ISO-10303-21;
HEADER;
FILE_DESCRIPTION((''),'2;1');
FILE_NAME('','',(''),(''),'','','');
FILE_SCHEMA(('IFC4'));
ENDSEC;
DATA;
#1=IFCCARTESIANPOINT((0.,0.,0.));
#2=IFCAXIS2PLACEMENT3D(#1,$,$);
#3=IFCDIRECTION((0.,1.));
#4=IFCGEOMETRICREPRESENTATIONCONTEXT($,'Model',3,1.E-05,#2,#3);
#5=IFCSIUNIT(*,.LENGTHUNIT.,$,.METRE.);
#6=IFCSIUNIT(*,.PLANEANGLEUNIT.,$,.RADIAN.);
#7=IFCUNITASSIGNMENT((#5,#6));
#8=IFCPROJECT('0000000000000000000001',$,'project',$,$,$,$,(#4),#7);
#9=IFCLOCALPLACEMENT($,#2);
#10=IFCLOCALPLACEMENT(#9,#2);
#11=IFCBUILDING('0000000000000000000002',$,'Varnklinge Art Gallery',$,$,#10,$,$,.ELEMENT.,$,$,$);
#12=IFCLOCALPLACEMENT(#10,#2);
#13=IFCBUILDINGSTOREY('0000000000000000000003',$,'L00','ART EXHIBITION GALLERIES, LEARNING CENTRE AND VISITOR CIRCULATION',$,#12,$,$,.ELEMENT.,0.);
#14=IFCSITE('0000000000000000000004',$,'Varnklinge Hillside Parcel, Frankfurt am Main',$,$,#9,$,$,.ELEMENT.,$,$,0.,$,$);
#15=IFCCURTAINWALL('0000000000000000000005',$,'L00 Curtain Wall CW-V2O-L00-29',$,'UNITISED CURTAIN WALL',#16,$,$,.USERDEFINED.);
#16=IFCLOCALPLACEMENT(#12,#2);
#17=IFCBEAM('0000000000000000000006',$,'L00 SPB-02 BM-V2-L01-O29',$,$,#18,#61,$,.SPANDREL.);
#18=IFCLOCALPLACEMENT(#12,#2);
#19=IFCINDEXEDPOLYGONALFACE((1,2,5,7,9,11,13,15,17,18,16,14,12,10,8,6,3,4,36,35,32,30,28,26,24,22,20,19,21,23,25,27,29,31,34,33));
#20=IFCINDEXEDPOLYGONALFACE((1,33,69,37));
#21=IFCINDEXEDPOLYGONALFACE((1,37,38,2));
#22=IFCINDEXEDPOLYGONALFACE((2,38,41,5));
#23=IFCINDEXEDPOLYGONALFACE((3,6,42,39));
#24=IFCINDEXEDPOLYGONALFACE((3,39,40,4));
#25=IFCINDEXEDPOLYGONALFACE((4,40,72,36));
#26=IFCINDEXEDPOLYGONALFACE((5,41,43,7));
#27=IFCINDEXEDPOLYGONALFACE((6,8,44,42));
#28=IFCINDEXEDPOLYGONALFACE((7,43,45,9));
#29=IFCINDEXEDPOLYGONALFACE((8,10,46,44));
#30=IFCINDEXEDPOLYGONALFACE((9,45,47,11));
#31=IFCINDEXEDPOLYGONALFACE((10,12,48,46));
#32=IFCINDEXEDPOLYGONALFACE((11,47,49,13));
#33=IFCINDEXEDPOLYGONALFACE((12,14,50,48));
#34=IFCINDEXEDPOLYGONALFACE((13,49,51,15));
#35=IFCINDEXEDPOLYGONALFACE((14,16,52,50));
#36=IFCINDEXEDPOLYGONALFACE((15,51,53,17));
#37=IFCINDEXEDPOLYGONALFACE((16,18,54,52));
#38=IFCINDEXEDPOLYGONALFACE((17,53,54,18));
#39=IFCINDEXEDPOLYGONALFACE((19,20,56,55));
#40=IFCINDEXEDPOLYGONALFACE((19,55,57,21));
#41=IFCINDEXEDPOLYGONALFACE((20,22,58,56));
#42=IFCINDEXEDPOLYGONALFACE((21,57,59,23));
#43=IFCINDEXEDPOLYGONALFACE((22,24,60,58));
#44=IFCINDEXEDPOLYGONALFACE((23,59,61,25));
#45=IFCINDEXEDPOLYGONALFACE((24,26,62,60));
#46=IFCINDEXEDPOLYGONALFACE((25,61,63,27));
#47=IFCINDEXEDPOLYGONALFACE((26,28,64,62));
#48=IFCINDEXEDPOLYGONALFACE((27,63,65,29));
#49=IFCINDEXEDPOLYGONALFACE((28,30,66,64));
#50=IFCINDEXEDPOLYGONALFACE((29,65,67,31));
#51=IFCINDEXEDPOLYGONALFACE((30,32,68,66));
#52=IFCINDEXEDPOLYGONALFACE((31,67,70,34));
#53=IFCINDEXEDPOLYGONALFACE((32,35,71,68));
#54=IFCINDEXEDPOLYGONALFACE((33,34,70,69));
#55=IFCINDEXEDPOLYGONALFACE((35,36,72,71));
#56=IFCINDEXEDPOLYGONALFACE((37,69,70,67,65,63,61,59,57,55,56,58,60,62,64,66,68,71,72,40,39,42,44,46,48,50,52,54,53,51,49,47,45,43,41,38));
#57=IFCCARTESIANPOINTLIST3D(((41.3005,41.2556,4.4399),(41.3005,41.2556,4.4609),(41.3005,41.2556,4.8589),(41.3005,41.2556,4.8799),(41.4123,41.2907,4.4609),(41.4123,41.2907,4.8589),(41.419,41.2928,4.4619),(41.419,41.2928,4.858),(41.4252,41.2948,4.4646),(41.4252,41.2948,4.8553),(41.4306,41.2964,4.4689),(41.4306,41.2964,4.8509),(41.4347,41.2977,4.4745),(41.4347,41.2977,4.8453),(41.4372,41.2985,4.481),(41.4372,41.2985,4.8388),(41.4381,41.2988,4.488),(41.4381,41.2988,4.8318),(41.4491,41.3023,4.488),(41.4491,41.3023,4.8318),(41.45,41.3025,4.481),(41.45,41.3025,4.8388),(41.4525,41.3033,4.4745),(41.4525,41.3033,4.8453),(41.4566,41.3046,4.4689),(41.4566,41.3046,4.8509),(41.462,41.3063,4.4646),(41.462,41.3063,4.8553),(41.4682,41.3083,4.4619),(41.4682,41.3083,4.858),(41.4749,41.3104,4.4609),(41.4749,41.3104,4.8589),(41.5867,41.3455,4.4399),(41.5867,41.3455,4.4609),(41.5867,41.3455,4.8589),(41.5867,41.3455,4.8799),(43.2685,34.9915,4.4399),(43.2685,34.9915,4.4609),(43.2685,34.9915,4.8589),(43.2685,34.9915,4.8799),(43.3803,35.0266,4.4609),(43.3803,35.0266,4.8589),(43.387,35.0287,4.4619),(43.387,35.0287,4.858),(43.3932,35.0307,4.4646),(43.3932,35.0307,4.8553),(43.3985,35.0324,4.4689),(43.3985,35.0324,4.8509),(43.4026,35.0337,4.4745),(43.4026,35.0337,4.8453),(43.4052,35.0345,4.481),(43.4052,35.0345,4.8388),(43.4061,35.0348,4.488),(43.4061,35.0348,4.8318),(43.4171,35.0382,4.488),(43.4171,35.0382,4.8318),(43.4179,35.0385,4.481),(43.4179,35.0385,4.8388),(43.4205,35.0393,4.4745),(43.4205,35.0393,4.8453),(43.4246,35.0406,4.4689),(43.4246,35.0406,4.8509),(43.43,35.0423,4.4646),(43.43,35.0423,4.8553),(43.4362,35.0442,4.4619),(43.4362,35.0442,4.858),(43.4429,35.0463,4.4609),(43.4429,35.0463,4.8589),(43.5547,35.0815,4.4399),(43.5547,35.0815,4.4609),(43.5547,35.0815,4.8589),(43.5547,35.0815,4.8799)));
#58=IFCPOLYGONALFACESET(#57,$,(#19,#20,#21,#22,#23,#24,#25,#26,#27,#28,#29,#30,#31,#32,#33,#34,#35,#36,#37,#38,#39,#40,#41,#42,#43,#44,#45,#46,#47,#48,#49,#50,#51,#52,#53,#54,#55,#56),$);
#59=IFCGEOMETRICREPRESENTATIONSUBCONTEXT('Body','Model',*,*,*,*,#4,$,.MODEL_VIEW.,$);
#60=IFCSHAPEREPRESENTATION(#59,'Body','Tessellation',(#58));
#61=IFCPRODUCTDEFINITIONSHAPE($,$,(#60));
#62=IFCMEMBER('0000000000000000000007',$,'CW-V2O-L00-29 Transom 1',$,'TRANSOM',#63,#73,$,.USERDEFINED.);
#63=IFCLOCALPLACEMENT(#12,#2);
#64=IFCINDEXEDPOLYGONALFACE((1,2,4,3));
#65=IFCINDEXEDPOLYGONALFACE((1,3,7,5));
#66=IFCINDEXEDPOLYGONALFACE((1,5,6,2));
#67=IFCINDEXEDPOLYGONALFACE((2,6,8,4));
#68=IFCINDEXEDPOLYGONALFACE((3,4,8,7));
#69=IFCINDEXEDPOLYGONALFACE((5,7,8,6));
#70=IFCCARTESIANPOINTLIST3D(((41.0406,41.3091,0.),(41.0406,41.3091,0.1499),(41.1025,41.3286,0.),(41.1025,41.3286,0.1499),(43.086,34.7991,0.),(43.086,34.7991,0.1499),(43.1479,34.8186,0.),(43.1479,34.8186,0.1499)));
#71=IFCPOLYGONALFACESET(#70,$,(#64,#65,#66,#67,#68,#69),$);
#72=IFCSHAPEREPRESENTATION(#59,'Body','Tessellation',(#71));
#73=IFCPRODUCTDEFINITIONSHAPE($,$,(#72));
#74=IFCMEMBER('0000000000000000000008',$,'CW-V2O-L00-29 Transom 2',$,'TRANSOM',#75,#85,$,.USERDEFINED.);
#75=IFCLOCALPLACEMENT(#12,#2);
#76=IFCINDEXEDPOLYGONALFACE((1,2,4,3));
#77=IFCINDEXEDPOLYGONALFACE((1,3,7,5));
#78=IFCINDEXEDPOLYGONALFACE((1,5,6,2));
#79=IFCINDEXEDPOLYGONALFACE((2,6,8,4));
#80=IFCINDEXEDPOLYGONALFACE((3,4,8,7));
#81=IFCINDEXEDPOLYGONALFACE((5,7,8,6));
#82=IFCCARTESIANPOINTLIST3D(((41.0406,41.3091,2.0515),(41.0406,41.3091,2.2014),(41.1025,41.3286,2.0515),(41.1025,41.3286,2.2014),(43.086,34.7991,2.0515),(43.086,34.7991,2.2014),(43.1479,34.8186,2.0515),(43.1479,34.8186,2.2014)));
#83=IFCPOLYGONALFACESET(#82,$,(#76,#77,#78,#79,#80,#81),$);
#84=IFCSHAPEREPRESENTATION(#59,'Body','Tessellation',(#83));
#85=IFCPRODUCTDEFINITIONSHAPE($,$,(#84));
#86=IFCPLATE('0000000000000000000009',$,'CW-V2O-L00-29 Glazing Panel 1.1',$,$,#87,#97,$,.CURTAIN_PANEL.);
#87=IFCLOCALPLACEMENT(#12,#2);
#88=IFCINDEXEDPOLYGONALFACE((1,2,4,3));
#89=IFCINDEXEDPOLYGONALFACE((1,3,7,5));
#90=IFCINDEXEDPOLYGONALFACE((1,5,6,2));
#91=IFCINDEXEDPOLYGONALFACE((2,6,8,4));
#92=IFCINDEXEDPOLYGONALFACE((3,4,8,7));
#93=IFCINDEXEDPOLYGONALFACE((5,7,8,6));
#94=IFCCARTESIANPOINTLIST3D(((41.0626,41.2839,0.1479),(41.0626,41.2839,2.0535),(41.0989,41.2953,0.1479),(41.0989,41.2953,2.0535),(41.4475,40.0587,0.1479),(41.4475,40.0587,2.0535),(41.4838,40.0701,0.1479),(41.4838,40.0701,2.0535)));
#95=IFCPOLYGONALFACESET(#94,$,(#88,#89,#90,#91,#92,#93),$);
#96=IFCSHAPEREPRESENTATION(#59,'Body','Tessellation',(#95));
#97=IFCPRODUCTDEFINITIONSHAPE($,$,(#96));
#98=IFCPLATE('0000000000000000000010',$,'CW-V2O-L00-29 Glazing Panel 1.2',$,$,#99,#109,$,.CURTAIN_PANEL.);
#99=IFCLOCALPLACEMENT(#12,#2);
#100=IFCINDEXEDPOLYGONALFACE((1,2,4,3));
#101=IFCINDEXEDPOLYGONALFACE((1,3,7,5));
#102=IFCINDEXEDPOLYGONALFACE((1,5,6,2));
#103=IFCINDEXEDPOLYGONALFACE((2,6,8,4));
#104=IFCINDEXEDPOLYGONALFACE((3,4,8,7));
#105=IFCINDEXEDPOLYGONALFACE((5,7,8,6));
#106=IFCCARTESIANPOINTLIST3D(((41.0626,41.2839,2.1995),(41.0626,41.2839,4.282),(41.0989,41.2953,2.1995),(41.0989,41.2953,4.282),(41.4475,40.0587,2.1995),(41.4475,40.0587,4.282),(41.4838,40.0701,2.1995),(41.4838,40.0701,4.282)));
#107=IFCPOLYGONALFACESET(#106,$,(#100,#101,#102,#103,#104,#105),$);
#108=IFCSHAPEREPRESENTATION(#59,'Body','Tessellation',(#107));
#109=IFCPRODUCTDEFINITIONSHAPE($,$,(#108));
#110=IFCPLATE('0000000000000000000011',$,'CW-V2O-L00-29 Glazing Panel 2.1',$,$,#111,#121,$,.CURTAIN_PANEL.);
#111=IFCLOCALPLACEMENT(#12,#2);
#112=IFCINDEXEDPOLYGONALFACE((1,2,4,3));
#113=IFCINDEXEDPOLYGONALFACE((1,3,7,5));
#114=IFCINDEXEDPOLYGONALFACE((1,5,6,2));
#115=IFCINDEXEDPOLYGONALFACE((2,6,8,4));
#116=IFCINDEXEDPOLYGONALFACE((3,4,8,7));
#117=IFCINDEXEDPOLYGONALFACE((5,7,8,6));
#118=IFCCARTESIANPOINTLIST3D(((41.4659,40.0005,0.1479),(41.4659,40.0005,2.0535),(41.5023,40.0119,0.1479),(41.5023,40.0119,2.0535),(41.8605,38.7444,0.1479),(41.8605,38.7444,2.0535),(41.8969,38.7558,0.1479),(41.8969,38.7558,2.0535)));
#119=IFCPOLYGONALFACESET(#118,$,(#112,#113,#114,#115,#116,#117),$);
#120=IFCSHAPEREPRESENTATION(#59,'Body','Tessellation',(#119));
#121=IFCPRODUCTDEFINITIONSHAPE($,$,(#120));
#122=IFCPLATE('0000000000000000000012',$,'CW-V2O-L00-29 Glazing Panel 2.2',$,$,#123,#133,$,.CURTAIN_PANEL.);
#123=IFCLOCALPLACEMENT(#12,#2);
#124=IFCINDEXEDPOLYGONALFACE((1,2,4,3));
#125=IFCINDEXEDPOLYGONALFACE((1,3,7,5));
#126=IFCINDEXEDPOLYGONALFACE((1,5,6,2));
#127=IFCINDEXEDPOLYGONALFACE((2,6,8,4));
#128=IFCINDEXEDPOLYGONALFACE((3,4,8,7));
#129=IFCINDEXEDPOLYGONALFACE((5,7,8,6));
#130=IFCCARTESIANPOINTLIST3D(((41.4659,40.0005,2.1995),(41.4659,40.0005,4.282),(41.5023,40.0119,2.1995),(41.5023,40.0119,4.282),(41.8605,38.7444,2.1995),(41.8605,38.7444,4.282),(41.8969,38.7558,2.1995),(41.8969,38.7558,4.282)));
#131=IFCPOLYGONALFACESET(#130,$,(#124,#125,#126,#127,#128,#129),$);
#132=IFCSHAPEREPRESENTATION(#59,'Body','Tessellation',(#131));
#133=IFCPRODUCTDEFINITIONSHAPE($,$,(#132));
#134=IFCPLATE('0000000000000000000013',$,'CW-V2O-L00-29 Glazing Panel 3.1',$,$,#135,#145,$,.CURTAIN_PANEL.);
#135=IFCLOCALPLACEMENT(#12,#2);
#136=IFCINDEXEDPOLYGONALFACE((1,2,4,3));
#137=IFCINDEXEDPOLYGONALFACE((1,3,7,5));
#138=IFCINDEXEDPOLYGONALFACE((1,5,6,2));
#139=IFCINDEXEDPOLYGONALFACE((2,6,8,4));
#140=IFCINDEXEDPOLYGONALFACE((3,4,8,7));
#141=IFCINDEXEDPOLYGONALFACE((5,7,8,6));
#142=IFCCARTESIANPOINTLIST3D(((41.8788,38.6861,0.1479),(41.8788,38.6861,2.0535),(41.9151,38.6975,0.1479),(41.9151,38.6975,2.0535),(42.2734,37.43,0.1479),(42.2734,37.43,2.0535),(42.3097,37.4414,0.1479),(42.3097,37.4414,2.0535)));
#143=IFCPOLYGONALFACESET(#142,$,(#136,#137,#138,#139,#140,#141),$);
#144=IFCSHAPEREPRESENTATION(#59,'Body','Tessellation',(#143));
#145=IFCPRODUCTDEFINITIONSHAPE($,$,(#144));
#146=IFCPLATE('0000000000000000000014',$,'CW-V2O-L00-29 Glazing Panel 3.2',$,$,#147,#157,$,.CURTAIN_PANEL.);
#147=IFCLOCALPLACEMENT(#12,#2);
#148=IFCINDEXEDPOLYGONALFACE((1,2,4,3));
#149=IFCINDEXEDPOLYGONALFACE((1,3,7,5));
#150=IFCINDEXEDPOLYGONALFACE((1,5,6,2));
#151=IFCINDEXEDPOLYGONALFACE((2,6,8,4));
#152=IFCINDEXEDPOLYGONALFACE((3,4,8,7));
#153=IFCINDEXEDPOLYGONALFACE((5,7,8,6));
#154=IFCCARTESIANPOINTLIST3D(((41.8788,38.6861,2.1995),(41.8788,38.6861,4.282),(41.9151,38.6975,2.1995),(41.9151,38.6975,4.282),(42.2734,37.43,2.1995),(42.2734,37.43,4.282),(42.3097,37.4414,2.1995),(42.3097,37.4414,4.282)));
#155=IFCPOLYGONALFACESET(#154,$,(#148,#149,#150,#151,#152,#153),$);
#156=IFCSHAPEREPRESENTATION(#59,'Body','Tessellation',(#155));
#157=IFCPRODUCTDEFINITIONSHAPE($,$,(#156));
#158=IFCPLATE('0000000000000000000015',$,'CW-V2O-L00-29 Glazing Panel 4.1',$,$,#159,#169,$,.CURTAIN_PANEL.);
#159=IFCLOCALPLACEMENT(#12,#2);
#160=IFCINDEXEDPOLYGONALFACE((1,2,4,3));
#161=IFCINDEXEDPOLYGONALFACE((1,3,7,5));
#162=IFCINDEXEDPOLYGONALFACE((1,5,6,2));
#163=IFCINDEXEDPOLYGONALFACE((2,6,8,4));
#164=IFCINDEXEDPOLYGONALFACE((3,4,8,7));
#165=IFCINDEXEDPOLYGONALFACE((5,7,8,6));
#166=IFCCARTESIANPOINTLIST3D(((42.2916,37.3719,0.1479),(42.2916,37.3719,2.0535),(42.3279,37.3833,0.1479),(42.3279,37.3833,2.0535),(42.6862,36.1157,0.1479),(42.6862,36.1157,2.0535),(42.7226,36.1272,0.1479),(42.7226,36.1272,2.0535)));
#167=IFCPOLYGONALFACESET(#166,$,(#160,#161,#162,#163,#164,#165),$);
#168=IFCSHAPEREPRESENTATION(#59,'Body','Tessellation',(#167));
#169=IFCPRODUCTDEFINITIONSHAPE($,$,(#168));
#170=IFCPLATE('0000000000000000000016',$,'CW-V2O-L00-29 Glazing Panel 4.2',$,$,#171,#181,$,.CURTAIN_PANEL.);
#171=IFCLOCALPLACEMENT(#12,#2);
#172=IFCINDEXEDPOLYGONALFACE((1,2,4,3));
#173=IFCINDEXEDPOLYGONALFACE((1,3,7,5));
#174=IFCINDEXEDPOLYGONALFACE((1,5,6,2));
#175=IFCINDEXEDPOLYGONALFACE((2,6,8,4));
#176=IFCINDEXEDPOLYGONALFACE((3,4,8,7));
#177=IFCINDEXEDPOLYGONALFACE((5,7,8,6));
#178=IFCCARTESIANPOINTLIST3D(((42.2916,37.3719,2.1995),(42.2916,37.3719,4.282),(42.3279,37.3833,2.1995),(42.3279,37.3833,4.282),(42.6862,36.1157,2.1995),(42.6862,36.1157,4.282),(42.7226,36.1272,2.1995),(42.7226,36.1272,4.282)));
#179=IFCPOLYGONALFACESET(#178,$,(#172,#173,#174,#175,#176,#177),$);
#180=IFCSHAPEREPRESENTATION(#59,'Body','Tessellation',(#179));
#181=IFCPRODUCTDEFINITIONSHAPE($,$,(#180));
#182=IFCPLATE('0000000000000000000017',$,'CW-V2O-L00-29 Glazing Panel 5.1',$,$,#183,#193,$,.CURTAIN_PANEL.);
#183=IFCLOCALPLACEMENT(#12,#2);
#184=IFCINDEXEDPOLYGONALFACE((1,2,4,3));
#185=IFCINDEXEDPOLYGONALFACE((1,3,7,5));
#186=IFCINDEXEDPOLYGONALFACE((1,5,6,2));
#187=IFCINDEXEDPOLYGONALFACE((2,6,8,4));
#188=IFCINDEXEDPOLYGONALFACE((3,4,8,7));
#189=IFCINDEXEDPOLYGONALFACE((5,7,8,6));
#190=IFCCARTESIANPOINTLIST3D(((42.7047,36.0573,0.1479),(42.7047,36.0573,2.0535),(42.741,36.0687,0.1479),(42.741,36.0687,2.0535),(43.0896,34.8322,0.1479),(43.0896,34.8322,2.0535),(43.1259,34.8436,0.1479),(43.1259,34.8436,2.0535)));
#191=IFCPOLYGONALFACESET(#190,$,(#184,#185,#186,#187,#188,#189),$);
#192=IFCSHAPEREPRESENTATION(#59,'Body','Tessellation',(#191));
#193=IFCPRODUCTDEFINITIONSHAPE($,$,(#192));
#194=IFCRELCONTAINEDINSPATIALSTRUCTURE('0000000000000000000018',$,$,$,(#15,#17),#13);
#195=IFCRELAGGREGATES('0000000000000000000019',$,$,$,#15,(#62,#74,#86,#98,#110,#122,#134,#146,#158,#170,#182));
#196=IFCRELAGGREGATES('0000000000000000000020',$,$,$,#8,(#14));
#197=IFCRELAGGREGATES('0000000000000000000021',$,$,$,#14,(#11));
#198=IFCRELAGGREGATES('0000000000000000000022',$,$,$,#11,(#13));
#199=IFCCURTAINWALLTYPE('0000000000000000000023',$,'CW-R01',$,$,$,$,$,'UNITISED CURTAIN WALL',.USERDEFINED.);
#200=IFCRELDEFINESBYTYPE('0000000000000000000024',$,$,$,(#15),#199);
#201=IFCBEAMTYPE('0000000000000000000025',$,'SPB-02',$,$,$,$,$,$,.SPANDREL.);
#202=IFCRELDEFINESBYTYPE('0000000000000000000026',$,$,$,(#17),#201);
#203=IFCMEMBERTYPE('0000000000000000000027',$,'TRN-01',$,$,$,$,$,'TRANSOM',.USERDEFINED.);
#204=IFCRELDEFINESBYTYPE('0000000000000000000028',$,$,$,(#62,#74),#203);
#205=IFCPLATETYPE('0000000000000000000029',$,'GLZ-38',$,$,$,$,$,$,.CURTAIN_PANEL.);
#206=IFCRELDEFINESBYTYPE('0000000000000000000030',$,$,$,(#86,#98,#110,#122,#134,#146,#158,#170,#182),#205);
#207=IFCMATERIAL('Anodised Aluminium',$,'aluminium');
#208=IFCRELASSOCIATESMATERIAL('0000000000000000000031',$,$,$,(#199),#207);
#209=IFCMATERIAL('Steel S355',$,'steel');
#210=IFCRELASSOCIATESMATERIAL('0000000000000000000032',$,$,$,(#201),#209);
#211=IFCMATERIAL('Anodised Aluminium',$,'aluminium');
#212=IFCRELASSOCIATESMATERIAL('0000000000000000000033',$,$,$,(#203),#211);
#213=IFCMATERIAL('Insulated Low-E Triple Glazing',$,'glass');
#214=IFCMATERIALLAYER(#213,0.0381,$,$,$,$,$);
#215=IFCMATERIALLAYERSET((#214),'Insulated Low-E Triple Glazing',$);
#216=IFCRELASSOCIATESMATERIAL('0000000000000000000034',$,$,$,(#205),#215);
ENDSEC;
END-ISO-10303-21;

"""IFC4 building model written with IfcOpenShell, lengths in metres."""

from ifc_helpers import new_model, si_unit, direction, frame, origin, origin_2d, place, context, subcontext, project, spatial, rectangle, i_section, extrude, material, layer, layer_set, material_profile, profile_set, type_object, element, aggregate, save


model = new_model("IFC4")

# Units and contexts
model_context = context("Model", 3, precision=1e-05, world=origin(), true_north=direction((0.0, 1.0)))
body_context = subcontext(model_context, "Body", "Model", "MODEL_VIEW")
ifc_project = project(units=[si_unit("LENGTHUNIT", "METRE"), si_unit("PLANEANGLEUNIT", "RADIAN")], contexts=[model_context])

# Site, building, storey
site_placement = place(None, origin())
site = spatial("IfcSite", under=ifc_project, at=site_placement, Name="Varnklinge Hillside Parcel, Frankfurt am Main", CompositionType="ELEMENT", RefElevation=0.0)
building_placement = place(site_placement, origin())
building = spatial("IfcBuilding", under=site, at=building_placement, Name="Varnklinge Art Gallery", CompositionType="ELEMENT")
storey_placement = place(building_placement, origin())
storey = spatial("IfcBuildingStorey", under=building, at=storey_placement, Name="L00", Description="ART EXHIBITION GALLERIES, LEARNING CENTRE AND VISITOR CIRCULATION", CompositionType="ELEMENT", Elevation=0.0)

# Curtain wall
ifc_material_1 = material(Name="Anodised Aluminium", Category="aluminium")
curtain_wall_type = type_object("IfcCurtainWallType", Name="CW-R01", ElementType="UNITISED CURTAIN WALL", PredefinedType="USERDEFINED", material=ifc_material_1)
curtain_wall_placement = place(storey_placement, origin())
curtain_wall = element("IfcCurtainWall", 1, at=curtain_wall_placement, inside=storey, type_object=curtain_wall_type, Name="L00 Curtain Wall CW-V2O-L00-29", ObjectType="UNITISED CURTAIN WALL", PredefinedType="USERDEFINED")

# Beam
ifc_material_2 = material(Name="Steel S355", Category="steel")
ifc_material_profile_1 = material_profile(ifc_material_2, i_section(OverallWidth=0.3, OverallDepth=0.4399, WebThickness=0.0115, FlangeThickness=0.021, FilletRadius=0.0271, at=origin_2d()), Name="HEA 450")
ifc_profile_set_1 = profile_set([ifc_material_profile_1], Name="Steel S355")
beam_type_1 = type_object("IfcBeamType", Name="SPB-02", PredefinedType="SPANDREL", material=ifc_profile_set_1)
beam_1_placement = place(storey_placement, frame((41.4436, 41.3005, 4.6599), z_axis=(0.299727, -0.954025, 0.0), x_axis=(0.954025, 0.299727, 0.0)))
element("IfcBeam", 2, at=beam_1_placement, inside=storey, type_object=beam_type_1, Name="L00 SPB-02 BM-V2-L01-O29", PredefinedType="SPANDREL", context=body_context, shape_type="SweptSolid", body=[
    extrude(i_section(OverallWidth=0.3, OverallDepth=0.4399, WebThickness=0.0115, FlangeThickness=0.021, FilletRadius=0.0271, at=origin_2d()), origin(), (0.0, 0.0, 1.0), 6.5659),
])

# Members
ifc_material_3 = material(Name="Anodised Aluminium", Category="aluminium")
ifc_material_profile_2 = material_profile(ifc_material_3, rectangle(XDim=0.0649, YDim=0.1499, at=origin_2d()), Name="ALU 65x150")
ifc_profile_set_2 = profile_set([ifc_material_profile_2], Name="Anodised Aluminium")
member_type_1 = type_object("IfcMemberType", Name="TRN-01", ElementType="TRANSOM", PredefinedType="USERDEFINED", material=ifc_profile_set_2)
member_1_placement = place(storey_placement, frame((41.0715, 41.3188, 0.075), z_axis=(0.299748, -0.954019, 0.0), x_axis=(0.954019, 0.299748, 0.0)))
member_1 = element("IfcMember", 3, at=member_1_placement, type_object=member_type_1, Name="CW-V2O-L00-29 Transom 1", ObjectType="TRANSOM", PredefinedType="USERDEFINED", context=body_context, shape_type="SweptSolid", body=[
    extrude(rectangle(XDim=0.0649, YDim=0.1499, at=origin_2d()), origin(), (0.0, 0.0, 1.0), 6.8237),
])
member_2_placement = place(storey_placement, frame((41.0715, 41.3188, 2.1265), z_axis=(0.299748, -0.954019, 0.0), x_axis=(0.954019, 0.299748, 0.0)))
member_2 = element("IfcMember", 4, at=member_2_placement, type_object=member_type_1, Name="CW-V2O-L00-29 Transom 2", ObjectType="TRANSOM", PredefinedType="USERDEFINED", context=body_context, shape_type="SweptSolid", body=[
    extrude(rectangle(XDim=0.0649, YDim=0.1499, at=origin_2d()), origin(), (0.0, 0.0, 1.0), 6.8237),
])

# Plates
ifc_material_4 = material(Name="Insulated Low-E Triple Glazing", Category="glass")
ifc_layer_1 = layer(ifc_material_4, 0.0381)
ifc_layer_set_1 = layer_set([ifc_layer_1], Name="Insulated Low-E Triple Glazing")
plate_type = type_object("IfcPlateType", Name="GLZ-38", PredefinedType="CURTAIN_PANEL", material=ifc_layer_set_1)
plate_1_placement = place(storey_placement, frame((41.2732, 40.677, 0.1479), z_axis=(0.0, 0.0, 1.0), x_axis=(0.299707, -0.954031, 0.0)))
plate_1 = element("IfcPlate", 5, at=plate_1_placement, type_object=plate_type, Name="CW-V2O-L00-29 Glazing Panel 1.1", PredefinedType="CURTAIN_PANEL", context=body_context, shape_type="SweptSolid", body=[
    extrude(rectangle(XDim=1.2842, YDim=0.0381, at=origin_2d()), origin(), (0.0, 0.0, 1.0), 1.9055),
])
plate_2_placement = place(storey_placement, frame((41.2732, 40.677, 2.1995), z_axis=(0.0, 0.0, 1.0), x_axis=(0.299707, -0.954031, 0.0)))
plate_2 = element("IfcPlate", 6, at=plate_2_placement, type_object=plate_type, Name="CW-V2O-L00-29 Glazing Panel 1.2", PredefinedType="CURTAIN_PANEL", context=body_context, shape_type="SweptSolid", body=[
    extrude(rectangle(XDim=1.2842, YDim=0.0381, at=origin_2d()), origin(), (0.0, 0.0, 1.0), 2.0825),
])
plate_3_placement = place(storey_placement, frame((41.6814, 39.3782, 0.1479), z_axis=(0.0, 0.0, 1.0), x_axis=(0.299707, -0.954031, 0.0)))
plate_3 = element("IfcPlate", 7, at=plate_3_placement, type_object=plate_type, Name="CW-V2O-L00-29 Glazing Panel 2.1", PredefinedType="CURTAIN_PANEL", context=body_context, shape_type="SweptSolid", body=[
    extrude(rectangle(XDim=1.3167, YDim=0.0381, at=origin_2d()), origin(), (0.0, 0.0, 1.0), 1.9055),
])
plate_4_placement = place(storey_placement, frame((41.6814, 39.3782, 2.1995), z_axis=(0.0, 0.0, 1.0), x_axis=(0.299707, -0.954031, 0.0)))
plate_4 = element("IfcPlate", 8, at=plate_4_placement, type_object=plate_type, Name="CW-V2O-L00-29 Glazing Panel 2.2", PredefinedType="CURTAIN_PANEL", context=body_context, shape_type="SweptSolid", body=[
    extrude(rectangle(XDim=1.3167, YDim=0.0381, at=origin_2d()), origin(), (0.0, 0.0, 1.0), 2.0825),
])
plate_5_placement = place(storey_placement, frame((42.0942, 38.0637, 0.1479), z_axis=(0.0, 0.0, 1.0), x_axis=(0.299707, -0.954031, 0.0)))
plate_5 = element("IfcPlate", 9, at=plate_5_placement, type_object=plate_type, Name="CW-V2O-L00-29 Glazing Panel 3.1", PredefinedType="CURTAIN_PANEL", context=body_context, shape_type="SweptSolid", body=[
    extrude(rectangle(XDim=1.3167, YDim=0.0381, at=origin_2d()), origin(), (0.0, 0.0, 1.0), 1.9055),
])
plate_6_placement = place(storey_placement, frame((42.0942, 38.0637, 2.1995), z_axis=(0.0, 0.0, 1.0), x_axis=(0.299707, -0.954031, 0.0)))
plate_6 = element("IfcPlate", 10, at=plate_6_placement, type_object=plate_type, Name="CW-V2O-L00-29 Glazing Panel 3.2", PredefinedType="CURTAIN_PANEL", context=body_context, shape_type="SweptSolid", body=[
    extrude(rectangle(XDim=1.3167, YDim=0.0381, at=origin_2d()), origin(), (0.0, 0.0, 1.0), 2.0825),
])
plate_7_placement = place(storey_placement, frame((42.5071, 36.7495, 0.1479), z_axis=(0.0, 0.0, 1.0), x_axis=(0.299707, -0.954031, 0.0)))
plate_7 = element("IfcPlate", 11, at=plate_7_placement, type_object=plate_type, Name="CW-V2O-L00-29 Glazing Panel 4.1", PredefinedType="CURTAIN_PANEL", context=body_context, shape_type="SweptSolid", body=[
    extrude(rectangle(XDim=1.3167, YDim=0.0381, at=origin_2d()), origin(), (0.0, 0.0, 1.0), 1.9055),
])
plate_8_placement = place(storey_placement, frame((42.5071, 36.7495, 2.1995), z_axis=(0.0, 0.0, 1.0), x_axis=(0.299707, -0.954031, 0.0)))
plate_8 = element("IfcPlate", 12, at=plate_8_placement, type_object=plate_type, Name="CW-V2O-L00-29 Glazing Panel 4.2", PredefinedType="CURTAIN_PANEL", context=body_context, shape_type="SweptSolid", body=[
    extrude(rectangle(XDim=1.3167, YDim=0.0381, at=origin_2d()), origin(), (0.0, 0.0, 1.0), 2.0825),
])
plate_9_placement = place(storey_placement, frame((42.9153, 35.4504, 0.1479), z_axis=(0.0, 0.0, 1.0), x_axis=(0.299707, -0.954031, 0.0)))
plate_9 = element("IfcPlate", 13, at=plate_9_placement, type_object=plate_type, Name="CW-V2O-L00-29 Glazing Panel 5.1", PredefinedType="CURTAIN_PANEL", context=body_context, shape_type="SweptSolid", body=[
    extrude(rectangle(XDim=1.2842, YDim=0.0381, at=origin_2d()), origin(), (0.0, 0.0, 1.0), 1.9055),
])
aggregate(curtain_wall, [member_1, member_2, plate_1, plate_2, plate_3, plate_4, plate_5, plate_6, plate_7, plate_8, plate_9])

save(model, "model.ifc")
